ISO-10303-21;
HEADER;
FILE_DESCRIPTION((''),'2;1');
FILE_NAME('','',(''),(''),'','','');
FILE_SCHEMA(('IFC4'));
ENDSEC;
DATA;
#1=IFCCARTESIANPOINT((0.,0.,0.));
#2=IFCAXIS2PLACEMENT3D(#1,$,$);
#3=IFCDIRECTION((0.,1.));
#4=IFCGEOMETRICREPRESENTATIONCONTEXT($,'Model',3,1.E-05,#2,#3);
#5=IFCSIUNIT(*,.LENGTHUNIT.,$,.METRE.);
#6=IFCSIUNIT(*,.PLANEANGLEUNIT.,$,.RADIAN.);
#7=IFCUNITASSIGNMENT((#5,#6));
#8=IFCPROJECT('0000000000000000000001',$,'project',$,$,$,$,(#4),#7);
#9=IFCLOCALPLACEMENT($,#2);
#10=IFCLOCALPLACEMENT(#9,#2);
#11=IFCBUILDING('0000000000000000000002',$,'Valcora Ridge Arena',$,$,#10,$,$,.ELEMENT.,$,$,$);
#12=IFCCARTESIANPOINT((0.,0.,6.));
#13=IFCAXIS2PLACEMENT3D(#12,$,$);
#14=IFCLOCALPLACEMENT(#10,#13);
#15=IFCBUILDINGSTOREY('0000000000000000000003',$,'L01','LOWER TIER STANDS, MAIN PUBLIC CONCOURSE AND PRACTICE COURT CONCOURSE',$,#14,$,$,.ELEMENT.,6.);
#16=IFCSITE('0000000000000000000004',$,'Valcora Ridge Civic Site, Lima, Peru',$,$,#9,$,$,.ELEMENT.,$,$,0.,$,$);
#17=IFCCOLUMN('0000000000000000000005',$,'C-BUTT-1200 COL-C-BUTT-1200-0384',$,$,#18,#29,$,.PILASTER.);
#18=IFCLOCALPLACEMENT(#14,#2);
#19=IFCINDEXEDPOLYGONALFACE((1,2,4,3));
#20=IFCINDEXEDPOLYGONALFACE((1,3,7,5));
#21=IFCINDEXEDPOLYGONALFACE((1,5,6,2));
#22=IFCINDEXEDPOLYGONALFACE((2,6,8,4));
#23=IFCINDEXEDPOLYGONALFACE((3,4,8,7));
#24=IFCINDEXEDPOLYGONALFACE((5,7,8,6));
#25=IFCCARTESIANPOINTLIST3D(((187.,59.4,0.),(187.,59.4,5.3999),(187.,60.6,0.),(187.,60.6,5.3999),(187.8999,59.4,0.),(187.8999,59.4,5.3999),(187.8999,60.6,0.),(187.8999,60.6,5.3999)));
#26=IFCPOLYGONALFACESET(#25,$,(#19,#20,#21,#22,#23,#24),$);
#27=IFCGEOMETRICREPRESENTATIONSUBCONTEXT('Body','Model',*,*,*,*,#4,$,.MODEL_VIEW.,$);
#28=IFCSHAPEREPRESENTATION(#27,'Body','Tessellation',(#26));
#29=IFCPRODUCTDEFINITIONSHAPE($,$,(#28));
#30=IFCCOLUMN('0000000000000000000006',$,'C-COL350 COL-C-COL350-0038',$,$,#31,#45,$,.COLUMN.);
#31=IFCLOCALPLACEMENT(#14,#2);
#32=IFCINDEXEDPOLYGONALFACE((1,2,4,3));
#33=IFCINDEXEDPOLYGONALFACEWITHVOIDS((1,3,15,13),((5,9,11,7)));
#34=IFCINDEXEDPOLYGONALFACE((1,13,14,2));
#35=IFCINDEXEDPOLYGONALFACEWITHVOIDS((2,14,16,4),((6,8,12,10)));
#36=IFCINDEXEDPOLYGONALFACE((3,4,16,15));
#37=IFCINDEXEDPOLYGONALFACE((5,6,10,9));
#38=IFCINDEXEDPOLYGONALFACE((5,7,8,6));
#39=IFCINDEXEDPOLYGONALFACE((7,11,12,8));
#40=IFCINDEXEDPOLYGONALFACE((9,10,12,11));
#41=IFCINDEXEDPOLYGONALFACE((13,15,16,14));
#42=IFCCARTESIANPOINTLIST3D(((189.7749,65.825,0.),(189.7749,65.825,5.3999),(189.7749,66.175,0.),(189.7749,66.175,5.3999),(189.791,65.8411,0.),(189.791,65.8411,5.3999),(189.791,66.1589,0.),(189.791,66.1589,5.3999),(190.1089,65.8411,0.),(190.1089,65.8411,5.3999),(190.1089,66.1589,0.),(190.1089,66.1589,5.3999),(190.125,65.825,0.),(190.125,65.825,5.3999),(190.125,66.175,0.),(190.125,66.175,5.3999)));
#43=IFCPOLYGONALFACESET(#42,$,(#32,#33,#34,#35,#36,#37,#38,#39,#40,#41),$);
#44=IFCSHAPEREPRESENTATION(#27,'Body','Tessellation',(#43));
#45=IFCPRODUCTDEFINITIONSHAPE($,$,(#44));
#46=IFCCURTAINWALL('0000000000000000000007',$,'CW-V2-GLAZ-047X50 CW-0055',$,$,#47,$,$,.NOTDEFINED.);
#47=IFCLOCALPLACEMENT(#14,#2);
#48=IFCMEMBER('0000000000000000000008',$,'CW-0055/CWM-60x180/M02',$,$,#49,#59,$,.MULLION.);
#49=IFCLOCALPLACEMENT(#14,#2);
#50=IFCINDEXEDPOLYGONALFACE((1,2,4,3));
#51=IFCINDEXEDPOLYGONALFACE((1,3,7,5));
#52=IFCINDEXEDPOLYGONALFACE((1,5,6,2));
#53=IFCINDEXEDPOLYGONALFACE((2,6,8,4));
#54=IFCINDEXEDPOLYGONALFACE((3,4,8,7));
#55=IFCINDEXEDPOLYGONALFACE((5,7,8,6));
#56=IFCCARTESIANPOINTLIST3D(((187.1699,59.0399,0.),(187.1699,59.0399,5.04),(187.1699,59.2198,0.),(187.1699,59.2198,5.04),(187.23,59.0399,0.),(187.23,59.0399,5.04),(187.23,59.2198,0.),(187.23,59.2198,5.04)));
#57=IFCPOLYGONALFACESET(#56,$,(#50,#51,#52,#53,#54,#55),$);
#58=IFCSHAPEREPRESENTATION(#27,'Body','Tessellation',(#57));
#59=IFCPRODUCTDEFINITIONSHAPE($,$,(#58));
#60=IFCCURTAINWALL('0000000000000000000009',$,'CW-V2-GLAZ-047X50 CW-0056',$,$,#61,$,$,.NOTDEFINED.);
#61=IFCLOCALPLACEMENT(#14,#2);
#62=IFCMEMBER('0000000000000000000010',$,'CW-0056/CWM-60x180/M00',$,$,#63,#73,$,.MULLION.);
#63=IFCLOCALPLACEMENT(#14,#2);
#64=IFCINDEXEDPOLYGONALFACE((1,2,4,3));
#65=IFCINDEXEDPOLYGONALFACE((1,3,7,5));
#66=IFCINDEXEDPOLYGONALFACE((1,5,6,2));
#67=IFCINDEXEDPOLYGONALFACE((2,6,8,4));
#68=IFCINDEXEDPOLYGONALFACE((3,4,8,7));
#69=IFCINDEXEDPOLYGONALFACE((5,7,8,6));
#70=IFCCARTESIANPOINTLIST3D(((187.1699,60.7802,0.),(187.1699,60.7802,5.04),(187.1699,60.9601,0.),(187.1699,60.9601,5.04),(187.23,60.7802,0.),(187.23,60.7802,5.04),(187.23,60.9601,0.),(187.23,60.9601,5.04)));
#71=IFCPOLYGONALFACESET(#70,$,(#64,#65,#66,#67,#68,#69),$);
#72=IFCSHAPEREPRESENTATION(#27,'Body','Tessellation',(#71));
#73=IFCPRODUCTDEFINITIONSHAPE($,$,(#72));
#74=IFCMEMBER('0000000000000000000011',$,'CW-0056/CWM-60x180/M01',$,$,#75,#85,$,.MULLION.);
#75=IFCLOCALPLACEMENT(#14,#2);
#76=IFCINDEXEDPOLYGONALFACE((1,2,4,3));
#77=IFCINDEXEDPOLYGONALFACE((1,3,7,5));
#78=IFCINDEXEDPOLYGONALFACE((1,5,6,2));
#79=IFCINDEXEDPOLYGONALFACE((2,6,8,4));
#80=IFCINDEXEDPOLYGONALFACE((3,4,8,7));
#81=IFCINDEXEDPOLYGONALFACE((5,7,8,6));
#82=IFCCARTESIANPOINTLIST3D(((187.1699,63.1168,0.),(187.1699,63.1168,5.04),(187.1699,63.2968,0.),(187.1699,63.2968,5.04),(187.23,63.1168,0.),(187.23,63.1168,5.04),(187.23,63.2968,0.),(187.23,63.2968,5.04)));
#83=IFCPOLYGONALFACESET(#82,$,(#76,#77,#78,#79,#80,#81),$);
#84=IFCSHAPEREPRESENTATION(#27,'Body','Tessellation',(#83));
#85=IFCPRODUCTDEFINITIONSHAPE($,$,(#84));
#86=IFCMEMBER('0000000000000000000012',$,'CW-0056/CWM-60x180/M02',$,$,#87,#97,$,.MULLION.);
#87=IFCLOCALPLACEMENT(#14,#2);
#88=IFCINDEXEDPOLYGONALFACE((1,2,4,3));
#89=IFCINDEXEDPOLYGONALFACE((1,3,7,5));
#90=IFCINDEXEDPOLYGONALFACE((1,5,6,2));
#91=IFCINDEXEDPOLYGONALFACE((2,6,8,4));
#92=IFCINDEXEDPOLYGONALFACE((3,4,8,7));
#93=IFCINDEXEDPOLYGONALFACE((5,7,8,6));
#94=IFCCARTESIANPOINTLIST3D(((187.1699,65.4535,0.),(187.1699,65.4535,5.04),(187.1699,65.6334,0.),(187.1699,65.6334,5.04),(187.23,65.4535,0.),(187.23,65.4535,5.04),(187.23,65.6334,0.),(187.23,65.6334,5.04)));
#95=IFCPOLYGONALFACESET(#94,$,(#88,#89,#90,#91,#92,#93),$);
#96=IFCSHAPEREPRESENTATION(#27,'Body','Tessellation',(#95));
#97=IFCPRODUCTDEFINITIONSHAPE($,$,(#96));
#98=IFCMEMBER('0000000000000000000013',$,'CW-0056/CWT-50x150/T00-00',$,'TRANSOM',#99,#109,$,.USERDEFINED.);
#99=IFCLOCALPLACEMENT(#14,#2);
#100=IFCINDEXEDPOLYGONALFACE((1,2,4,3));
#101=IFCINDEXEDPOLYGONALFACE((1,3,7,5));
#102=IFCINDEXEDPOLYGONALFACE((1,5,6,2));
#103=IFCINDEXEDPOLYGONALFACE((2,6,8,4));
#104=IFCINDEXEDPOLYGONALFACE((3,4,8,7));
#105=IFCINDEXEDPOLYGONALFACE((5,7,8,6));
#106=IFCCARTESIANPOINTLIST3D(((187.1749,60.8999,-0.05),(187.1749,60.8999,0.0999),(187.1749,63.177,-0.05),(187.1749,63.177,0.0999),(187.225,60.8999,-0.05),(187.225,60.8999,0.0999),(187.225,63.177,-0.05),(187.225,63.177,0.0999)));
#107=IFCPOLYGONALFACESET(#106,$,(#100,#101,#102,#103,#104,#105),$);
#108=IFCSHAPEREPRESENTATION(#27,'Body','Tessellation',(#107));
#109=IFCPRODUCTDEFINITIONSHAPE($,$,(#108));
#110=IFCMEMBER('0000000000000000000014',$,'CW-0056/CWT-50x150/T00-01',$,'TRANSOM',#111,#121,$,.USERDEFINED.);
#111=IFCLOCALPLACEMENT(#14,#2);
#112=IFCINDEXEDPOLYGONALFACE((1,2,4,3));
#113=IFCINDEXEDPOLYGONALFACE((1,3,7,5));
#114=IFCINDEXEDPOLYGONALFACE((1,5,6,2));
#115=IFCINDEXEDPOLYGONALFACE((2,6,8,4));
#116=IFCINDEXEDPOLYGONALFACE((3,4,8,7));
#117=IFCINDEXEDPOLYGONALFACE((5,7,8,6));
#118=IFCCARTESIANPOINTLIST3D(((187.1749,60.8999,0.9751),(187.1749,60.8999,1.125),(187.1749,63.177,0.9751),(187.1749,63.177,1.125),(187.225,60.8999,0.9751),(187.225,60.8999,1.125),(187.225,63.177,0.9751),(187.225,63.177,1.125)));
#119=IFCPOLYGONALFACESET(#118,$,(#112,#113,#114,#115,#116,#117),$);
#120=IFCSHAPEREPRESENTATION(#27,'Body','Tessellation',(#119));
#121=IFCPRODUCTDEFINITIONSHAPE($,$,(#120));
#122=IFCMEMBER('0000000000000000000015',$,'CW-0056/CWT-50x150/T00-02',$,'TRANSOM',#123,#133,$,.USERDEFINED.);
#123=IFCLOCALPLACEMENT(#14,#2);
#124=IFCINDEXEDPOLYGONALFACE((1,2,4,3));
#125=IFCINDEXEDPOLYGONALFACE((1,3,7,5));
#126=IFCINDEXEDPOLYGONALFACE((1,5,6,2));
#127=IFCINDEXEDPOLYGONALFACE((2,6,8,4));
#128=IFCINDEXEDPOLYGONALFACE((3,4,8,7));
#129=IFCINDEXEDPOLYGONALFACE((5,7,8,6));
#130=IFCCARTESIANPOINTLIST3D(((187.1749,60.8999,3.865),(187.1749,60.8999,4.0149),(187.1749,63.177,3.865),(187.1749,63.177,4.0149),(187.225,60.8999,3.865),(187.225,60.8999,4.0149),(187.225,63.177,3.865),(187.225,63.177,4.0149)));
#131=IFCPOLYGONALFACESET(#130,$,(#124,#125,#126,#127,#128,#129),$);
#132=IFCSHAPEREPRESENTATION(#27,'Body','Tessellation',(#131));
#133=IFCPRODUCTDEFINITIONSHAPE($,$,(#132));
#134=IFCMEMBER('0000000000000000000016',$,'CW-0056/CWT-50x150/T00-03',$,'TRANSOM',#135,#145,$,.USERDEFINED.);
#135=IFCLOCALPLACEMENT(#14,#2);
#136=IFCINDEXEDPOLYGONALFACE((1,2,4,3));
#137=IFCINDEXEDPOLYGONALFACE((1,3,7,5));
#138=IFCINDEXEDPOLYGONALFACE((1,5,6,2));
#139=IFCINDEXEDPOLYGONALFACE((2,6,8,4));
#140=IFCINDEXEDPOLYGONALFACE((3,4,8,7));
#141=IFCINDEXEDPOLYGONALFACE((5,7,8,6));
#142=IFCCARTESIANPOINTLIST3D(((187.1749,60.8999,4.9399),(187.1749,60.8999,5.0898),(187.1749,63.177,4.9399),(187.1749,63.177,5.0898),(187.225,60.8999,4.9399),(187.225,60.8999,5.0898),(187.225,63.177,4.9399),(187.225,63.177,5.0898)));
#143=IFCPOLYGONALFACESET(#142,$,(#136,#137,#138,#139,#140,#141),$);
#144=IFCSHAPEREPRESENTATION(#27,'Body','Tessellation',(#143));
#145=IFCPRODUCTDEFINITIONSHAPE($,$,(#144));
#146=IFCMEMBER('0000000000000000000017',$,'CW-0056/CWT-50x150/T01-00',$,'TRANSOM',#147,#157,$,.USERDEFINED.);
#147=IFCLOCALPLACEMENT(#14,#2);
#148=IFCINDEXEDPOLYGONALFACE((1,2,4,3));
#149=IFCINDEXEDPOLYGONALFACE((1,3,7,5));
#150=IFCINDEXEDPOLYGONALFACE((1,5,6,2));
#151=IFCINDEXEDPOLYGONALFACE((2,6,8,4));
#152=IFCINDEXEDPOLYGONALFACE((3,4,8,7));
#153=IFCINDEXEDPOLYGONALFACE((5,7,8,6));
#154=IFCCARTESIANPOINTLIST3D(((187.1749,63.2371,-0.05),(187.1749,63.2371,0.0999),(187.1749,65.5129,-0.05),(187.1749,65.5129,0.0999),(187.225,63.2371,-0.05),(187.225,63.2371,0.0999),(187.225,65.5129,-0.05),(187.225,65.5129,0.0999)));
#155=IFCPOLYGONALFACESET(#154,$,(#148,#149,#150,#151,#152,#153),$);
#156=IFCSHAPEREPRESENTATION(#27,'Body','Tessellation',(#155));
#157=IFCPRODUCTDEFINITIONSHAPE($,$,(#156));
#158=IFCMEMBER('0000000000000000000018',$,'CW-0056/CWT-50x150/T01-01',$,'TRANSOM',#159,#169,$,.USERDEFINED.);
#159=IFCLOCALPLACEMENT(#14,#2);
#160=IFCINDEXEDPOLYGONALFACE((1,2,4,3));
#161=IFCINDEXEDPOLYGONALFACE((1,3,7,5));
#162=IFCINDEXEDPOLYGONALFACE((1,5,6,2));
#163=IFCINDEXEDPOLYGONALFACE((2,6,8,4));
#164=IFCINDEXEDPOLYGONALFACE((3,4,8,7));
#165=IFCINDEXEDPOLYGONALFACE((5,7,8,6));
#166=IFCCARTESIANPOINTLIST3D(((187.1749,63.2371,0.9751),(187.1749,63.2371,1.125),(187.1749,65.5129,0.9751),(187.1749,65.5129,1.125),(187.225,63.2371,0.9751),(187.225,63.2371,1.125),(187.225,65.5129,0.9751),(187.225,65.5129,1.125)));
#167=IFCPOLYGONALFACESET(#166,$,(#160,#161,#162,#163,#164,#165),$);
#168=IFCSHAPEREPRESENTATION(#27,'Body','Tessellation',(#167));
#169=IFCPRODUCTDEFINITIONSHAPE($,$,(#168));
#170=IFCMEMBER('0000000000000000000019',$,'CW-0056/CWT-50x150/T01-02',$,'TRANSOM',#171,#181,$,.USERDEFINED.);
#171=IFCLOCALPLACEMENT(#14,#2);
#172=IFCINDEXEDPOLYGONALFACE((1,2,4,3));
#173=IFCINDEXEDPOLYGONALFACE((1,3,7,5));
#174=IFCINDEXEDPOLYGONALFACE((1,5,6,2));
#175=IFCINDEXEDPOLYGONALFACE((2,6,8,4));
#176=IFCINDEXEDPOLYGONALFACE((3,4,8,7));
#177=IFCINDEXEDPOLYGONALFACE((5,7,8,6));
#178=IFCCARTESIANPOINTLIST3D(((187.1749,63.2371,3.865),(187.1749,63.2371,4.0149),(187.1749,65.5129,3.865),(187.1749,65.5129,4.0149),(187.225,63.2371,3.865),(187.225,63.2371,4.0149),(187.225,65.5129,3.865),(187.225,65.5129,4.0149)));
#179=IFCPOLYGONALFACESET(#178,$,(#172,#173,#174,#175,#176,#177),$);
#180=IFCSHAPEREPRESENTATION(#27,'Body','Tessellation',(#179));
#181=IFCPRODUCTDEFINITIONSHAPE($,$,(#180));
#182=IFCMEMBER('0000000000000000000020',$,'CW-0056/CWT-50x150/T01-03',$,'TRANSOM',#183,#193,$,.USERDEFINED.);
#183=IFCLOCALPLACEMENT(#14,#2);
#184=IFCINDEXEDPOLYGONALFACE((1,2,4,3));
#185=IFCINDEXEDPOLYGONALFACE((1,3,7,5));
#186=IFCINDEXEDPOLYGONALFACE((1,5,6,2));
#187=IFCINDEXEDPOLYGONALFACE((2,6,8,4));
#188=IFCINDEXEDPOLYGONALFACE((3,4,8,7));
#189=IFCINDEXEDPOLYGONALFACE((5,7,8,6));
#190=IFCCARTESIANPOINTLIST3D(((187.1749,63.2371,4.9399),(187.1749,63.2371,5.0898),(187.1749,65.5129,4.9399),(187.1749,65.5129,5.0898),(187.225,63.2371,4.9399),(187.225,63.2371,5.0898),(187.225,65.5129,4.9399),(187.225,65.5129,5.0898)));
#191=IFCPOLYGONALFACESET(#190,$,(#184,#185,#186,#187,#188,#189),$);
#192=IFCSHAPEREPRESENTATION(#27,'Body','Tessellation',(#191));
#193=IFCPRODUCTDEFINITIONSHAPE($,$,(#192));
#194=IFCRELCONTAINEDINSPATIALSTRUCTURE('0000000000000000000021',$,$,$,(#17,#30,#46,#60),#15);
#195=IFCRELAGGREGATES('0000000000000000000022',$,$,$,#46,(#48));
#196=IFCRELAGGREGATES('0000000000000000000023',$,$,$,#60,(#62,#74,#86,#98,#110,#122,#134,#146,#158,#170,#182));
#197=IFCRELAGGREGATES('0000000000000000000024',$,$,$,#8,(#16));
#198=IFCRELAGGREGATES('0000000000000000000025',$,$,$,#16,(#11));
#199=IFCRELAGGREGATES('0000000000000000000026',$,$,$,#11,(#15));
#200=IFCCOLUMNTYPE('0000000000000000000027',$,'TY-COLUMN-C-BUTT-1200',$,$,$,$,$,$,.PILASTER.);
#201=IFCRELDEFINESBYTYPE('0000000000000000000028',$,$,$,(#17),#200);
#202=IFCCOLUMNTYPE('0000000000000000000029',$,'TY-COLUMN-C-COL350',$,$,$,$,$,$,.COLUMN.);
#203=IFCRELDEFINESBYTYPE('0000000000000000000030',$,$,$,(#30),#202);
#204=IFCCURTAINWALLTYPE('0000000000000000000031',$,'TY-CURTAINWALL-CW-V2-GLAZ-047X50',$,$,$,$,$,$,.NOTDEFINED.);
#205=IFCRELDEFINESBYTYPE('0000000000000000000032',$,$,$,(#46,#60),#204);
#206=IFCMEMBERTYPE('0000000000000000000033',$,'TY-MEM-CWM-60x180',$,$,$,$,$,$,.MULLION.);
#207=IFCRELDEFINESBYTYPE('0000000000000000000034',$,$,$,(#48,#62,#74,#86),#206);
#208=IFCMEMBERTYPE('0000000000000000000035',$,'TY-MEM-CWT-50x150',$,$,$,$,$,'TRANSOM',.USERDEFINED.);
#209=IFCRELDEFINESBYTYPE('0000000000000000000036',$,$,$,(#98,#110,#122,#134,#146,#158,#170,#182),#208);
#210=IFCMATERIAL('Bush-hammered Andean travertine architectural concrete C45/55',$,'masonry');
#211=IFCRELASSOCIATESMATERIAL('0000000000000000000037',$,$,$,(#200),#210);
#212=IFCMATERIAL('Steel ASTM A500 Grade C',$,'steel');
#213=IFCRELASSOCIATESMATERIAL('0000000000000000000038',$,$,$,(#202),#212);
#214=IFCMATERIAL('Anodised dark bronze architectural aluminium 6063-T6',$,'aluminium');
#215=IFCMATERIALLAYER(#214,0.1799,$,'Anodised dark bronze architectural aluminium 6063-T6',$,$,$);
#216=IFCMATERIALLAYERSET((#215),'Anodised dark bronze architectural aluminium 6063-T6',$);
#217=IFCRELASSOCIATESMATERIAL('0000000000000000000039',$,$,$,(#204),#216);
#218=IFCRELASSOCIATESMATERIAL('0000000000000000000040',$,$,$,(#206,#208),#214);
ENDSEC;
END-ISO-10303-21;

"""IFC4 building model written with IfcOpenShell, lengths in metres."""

from ifc_helpers import new_model, si_unit, direction, frame, origin, origin_2d, place, context, subcontext, project, spatial, rectangle, hollow_rectangle, extrude, material, layer, layer_set, material_profile, profile_set, type_object, element, aggregate, save


model = new_model("IFC4")

# Units and contexts
model_context = context("Model", 3, precision=1e-05, world=origin(), true_north=direction((0.0, 1.0)))
body_context = subcontext(model_context, "Body", "Model", "MODEL_VIEW")
ifc_project = project(units=[si_unit("LENGTHUNIT", "METRE"), si_unit("PLANEANGLEUNIT", "RADIAN")], contexts=[model_context])

# Site, building, storey
site_placement = place(None, origin())
site = spatial("IfcSite", under=ifc_project, at=site_placement, Name="Valcora Ridge Civic Site, Lima, Peru", CompositionType="ELEMENT", RefElevation=0.0)
building_placement = place(site_placement, origin())
building = spatial("IfcBuilding", under=site, at=building_placement, Name="Valcora Ridge Arena", CompositionType="ELEMENT")
storey_placement = place(building_placement, frame((0.0, 0.0, 6.0)))
storey = spatial("IfcBuildingStorey", under=building, at=storey_placement, Name="L01", Description="LOWER TIER STANDS, MAIN PUBLIC CONCOURSE AND PRACTICE COURT CONCOURSE", CompositionType="ELEMENT", Elevation=6.0)

# Columns
ifc_material_1 = material(Name="Bush-hammered Andean travertine architectural concrete C45/55", Category="masonry")
ifc_material_profile_1 = material_profile(ifc_material_1, rectangle(XDim=0.8999, YDim=1.2, at=origin_2d()), Name="RC 900x1200")
ifc_profile_set_1 = profile_set([ifc_material_profile_1], Name="Bush-hammered Andean travertine architectural concrete C45/55")
column_type_1 = type_object("IfcColumnType", Name="TY-COLUMN-C-BUTT-1200", PredefinedType="PILASTER", material=ifc_profile_set_1)
column_1_placement = place(storey_placement, frame((187.45, 60.0, 0.0), z_axis=(0.0, 0.0, 1.0), x_axis=(1.0, 0.0, 0.0)))
element("IfcColumn", 1, at=column_1_placement, inside=storey, type_object=column_type_1, Name="C-BUTT-1200 COL-C-BUTT-1200-0384", PredefinedType="PILASTER", context=body_context, shape_type="SweptSolid", body=[
    extrude(rectangle(XDim=0.8999, YDim=1.2, at=origin_2d()), origin(), (0.0, 0.0, 1.0), 5.3999),
])
ifc_material_2 = material(Name="Steel ASTM A500 Grade C", Category="steel")
ifc_material_profile_2 = material_profile(ifc_material_2, hollow_rectangle(XDim=0.3501, YDim=0.3501, WallThickness=0.0161, at=origin_2d()), Name="HSS350X350X16")
ifc_profile_set_2 = profile_set([ifc_material_profile_2], Name="Steel ASTM A500 Grade C")
column_type_2 = type_object("IfcColumnType", Name="TY-COLUMN-C-COL350", PredefinedType="COLUMN", material=ifc_profile_set_2)
column_2_placement = place(storey_placement, frame((189.95, 66.0, 0.0), z_axis=(0.0, 0.0, 1.0), x_axis=(1.0, 0.0, 0.0)))
element("IfcColumn", 2, at=column_2_placement, inside=storey, type_object=column_type_2, Name="C-COL350 COL-C-COL350-0038", PredefinedType="COLUMN", context=body_context, shape_type="SweptSolid", body=[
    extrude(hollow_rectangle(XDim=0.3501, YDim=0.3501, WallThickness=0.0161, at=origin_2d()), origin(), (0.0, 0.0, 1.0), 5.3999),
])

# Curtain wall, member
ifc_material_3 = material(Name="Anodised dark bronze architectural aluminium 6063-T6", Category="aluminium")
ifc_layer_1 = layer(ifc_material_3, 0.1799, Name="Anodised dark bronze architectural aluminium 6063-T6")
ifc_layer_set_1 = layer_set([ifc_layer_1], Name="Anodised dark bronze architectural aluminium 6063-T6")
curtain_wall_type = type_object("IfcCurtainWallType", Name="TY-CURTAINWALL-CW-V2-GLAZ-047X50", PredefinedType="NOTDEFINED", material=ifc_layer_set_1)
curtain_wall_1_placement = place(storey_placement, origin())
curtain_wall_1 = element("IfcCurtainWall", 3, at=curtain_wall_1_placement, inside=storey, type_object=curtain_wall_type, Name="CW-V2-GLAZ-047X50 CW-0055", PredefinedType="NOTDEFINED")
ifc_material_profile_3 = material_profile(ifc_material_3, rectangle(XDim=0.0601, YDim=0.1799, at=origin_2d()), Name="ALU MULLION 60x180")
ifc_profile_set_3 = profile_set([ifc_material_profile_3], Name="Anodised dark bronze architectural aluminium 6063-T6")
member_type_1 = type_object("IfcMemberType", Name="TY-MEM-CWM-60x180", PredefinedType="MULLION", material=ifc_profile_set_3)
member_1_placement = place(storey_placement, frame((187.2, 59.1299, 0.0), z_axis=(0.0, 0.0, 1.0), x_axis=(-1.0, 0.0, 0.0)))
member_1 = element("IfcMember", 4, at=member_1_placement, type_object=member_type_1, Name="CW-0055/CWM-60x180/M02", PredefinedType="MULLION", context=body_context, shape_type="SweptSolid", body=[
    extrude(rectangle(XDim=0.0601, YDim=0.1799, at=origin_2d()), origin(), (0.0, 0.0, 1.0), 5.04),
])
aggregate(curtain_wall_1, [member_1])

# Curtain wall, members
curtain_wall_2_placement = place(storey_placement, origin())
curtain_wall_2 = element("IfcCurtainWall", 5, at=curtain_wall_2_placement, inside=storey, type_object=curtain_wall_type, Name="CW-V2-GLAZ-047X50 CW-0056", PredefinedType="NOTDEFINED")
member_2_placement = place(storey_placement, frame((187.2, 60.8701, 0.0), z_axis=(0.0, 0.0, 1.0), x_axis=(-1.0, 0.0, 0.0)))
member_2 = element("IfcMember", 6, at=member_2_placement, type_object=member_type_1, Name="CW-0056/CWM-60x180/M00", PredefinedType="MULLION", context=body_context, shape_type="SweptSolid", body=[
    extrude(rectangle(XDim=0.0601, YDim=0.1799, at=origin_2d()), origin(), (0.0, 0.0, 1.0), 5.04),
])
member_3_placement = place(storey_placement, frame((187.2, 63.2068, 0.0), z_axis=(0.0, 0.0, 1.0), x_axis=(-1.0, 0.0, 0.0)))
member_3 = element("IfcMember", 7, at=member_3_placement, type_object=member_type_1, Name="CW-0056/CWM-60x180/M01", PredefinedType="MULLION", context=body_context, shape_type="SweptSolid", body=[
    extrude(rectangle(XDim=0.0601, YDim=0.1799, at=origin_2d()), origin(), (0.0, 0.0, 1.0), 5.04),
])
member_4_placement = place(storey_placement, frame((187.2, 65.5435, 0.0), z_axis=(0.0, 0.0, 1.0), x_axis=(-1.0, 0.0, 0.0)))
member_4 = element("IfcMember", 8, at=member_4_placement, type_object=member_type_1, Name="CW-0056/CWM-60x180/M02", PredefinedType="MULLION", context=body_context, shape_type="SweptSolid", body=[
    extrude(rectangle(XDim=0.0601, YDim=0.1799, at=origin_2d()), origin(), (0.0, 0.0, 1.0), 5.04),
])
ifc_material_profile_4 = material_profile(ifc_material_3, rectangle(XDim=0.05, YDim=0.1499, at=origin_2d()), Name="ALU TRANSOM 50x150")
ifc_profile_set_4 = profile_set([ifc_material_profile_4], Name="Anodised dark bronze architectural aluminium 6063-T6")
member_type_2 = type_object("IfcMemberType", Name="TY-MEM-CWT-50x150", ElementType="TRANSOM", PredefinedType="USERDEFINED", material=ifc_profile_set_4)
member_5_placement = place(storey_placement, frame((187.2, 60.8999, 0.0249), z_axis=(0.0, 1.0, 0.0), x_axis=(-1.0, 0.0, 0.0)))
member_5 = element("IfcMember", 9, at=member_5_placement, type_object=member_type_2, Name="CW-0056/CWT-50x150/T00-00", ObjectType="TRANSOM", PredefinedType="USERDEFINED", context=body_context, shape_type="SweptSolid", body=[
    extrude(rectangle(XDim=0.05, YDim=0.1499, at=origin_2d()), origin(), (0.0, 0.0, 1.0), 2.2771),
])
member_6_placement = place(storey_placement, frame((187.2, 60.8999, 1.05), z_axis=(0.0, 1.0, 0.0), x_axis=(-1.0, 0.0, 0.0)))
member_6 = element("IfcMember", 10, at=member_6_placement, type_object=member_type_2, Name="CW-0056/CWT-50x150/T00-01", ObjectType="TRANSOM", PredefinedType="USERDEFINED", context=body_context, shape_type="SweptSolid", body=[
    extrude(rectangle(XDim=0.05, YDim=0.1499, at=origin_2d()), origin(), (0.0, 0.0, 1.0), 2.2771),
])
member_7_placement = place(storey_placement, frame((187.2, 60.8999, 3.9399), z_axis=(0.0, 1.0, 0.0), x_axis=(-1.0, 0.0, 0.0)))
member_7 = element("IfcMember", 11, at=member_7_placement, type_object=member_type_2, Name="CW-0056/CWT-50x150/T00-02", ObjectType="TRANSOM", PredefinedType="USERDEFINED", context=body_context, shape_type="SweptSolid", body=[
    extrude(rectangle(XDim=0.05, YDim=0.1499, at=origin_2d()), origin(), (0.0, 0.0, 1.0), 2.2771),
])
member_8_placement = place(storey_placement, frame((187.2, 60.8999, 5.0149), z_axis=(0.0, 1.0, 0.0), x_axis=(-1.0, 0.0, 0.0)))
member_8 = element("IfcMember", 12, at=member_8_placement, type_object=member_type_2, Name="CW-0056/CWT-50x150/T00-03", ObjectType="TRANSOM", PredefinedType="USERDEFINED", context=body_context, shape_type="SweptSolid", body=[
    extrude(rectangle(XDim=0.05, YDim=0.1499, at=origin_2d()), origin(), (0.0, 0.0, 1.0), 2.2771),
])
member_9_placement = place(storey_placement, frame((187.2, 63.2371, 0.0249), z_axis=(0.0, 1.0, 0.0), x_axis=(-1.0, 0.0, 0.0)))
member_9 = element("IfcMember", 13, at=member_9_placement, type_object=member_type_2, Name="CW-0056/CWT-50x150/T01-00", ObjectType="TRANSOM", PredefinedType="USERDEFINED", context=body_context, shape_type="SweptSolid", body=[
    extrude(rectangle(XDim=0.05, YDim=0.1499, at=origin_2d()), origin(), (0.0, 0.0, 1.0), 2.2759),
])
member_10_placement = place(storey_placement, frame((187.2, 63.2371, 1.05), z_axis=(0.0, 1.0, 0.0), x_axis=(-1.0, 0.0, 0.0)))
member_10 = element("IfcMember", 14, at=member_10_placement, type_object=member_type_2, Name="CW-0056/CWT-50x150/T01-01", ObjectType="TRANSOM", PredefinedType="USERDEFINED", context=body_context, shape_type="SweptSolid", body=[
    extrude(rectangle(XDim=0.05, YDim=0.1499, at=origin_2d()), origin(), (0.0, 0.0, 1.0), 2.2759),
])
member_11_placement = place(storey_placement, frame((187.2, 63.2371, 3.9399), z_axis=(0.0, 1.0, 0.0), x_axis=(-1.0, 0.0, 0.0)))
member_11 = element("IfcMember", 15, at=member_11_placement, type_object=member_type_2, Name="CW-0056/CWT-50x150/T01-02", ObjectType="TRANSOM", PredefinedType="USERDEFINED", context=body_context, shape_type="SweptSolid", body=[
    extrude(rectangle(XDim=0.05, YDim=0.1499, at=origin_2d()), origin(), (0.0, 0.0, 1.0), 2.2759),
])
member_12_placement = place(storey_placement, frame((187.2, 63.2371, 5.0149), z_axis=(0.0, 1.0, 0.0), x_axis=(-1.0, 0.0, 0.0)))
member_12 = element("IfcMember", 16, at=member_12_placement, type_object=member_type_2, Name="CW-0056/CWT-50x150/T01-03", ObjectType="TRANSOM", PredefinedType="USERDEFINED", context=body_context, shape_type="SweptSolid", body=[
    extrude(rectangle(XDim=0.05, YDim=0.1499, at=origin_2d()), origin(), (0.0, 0.0, 1.0), 2.2759),
])
aggregate(curtain_wall_2, [member_2, member_3, member_4, member_5, member_6, member_7, member_8, member_9, member_10, member_11, member_12])

save(model, "model.ifc")
